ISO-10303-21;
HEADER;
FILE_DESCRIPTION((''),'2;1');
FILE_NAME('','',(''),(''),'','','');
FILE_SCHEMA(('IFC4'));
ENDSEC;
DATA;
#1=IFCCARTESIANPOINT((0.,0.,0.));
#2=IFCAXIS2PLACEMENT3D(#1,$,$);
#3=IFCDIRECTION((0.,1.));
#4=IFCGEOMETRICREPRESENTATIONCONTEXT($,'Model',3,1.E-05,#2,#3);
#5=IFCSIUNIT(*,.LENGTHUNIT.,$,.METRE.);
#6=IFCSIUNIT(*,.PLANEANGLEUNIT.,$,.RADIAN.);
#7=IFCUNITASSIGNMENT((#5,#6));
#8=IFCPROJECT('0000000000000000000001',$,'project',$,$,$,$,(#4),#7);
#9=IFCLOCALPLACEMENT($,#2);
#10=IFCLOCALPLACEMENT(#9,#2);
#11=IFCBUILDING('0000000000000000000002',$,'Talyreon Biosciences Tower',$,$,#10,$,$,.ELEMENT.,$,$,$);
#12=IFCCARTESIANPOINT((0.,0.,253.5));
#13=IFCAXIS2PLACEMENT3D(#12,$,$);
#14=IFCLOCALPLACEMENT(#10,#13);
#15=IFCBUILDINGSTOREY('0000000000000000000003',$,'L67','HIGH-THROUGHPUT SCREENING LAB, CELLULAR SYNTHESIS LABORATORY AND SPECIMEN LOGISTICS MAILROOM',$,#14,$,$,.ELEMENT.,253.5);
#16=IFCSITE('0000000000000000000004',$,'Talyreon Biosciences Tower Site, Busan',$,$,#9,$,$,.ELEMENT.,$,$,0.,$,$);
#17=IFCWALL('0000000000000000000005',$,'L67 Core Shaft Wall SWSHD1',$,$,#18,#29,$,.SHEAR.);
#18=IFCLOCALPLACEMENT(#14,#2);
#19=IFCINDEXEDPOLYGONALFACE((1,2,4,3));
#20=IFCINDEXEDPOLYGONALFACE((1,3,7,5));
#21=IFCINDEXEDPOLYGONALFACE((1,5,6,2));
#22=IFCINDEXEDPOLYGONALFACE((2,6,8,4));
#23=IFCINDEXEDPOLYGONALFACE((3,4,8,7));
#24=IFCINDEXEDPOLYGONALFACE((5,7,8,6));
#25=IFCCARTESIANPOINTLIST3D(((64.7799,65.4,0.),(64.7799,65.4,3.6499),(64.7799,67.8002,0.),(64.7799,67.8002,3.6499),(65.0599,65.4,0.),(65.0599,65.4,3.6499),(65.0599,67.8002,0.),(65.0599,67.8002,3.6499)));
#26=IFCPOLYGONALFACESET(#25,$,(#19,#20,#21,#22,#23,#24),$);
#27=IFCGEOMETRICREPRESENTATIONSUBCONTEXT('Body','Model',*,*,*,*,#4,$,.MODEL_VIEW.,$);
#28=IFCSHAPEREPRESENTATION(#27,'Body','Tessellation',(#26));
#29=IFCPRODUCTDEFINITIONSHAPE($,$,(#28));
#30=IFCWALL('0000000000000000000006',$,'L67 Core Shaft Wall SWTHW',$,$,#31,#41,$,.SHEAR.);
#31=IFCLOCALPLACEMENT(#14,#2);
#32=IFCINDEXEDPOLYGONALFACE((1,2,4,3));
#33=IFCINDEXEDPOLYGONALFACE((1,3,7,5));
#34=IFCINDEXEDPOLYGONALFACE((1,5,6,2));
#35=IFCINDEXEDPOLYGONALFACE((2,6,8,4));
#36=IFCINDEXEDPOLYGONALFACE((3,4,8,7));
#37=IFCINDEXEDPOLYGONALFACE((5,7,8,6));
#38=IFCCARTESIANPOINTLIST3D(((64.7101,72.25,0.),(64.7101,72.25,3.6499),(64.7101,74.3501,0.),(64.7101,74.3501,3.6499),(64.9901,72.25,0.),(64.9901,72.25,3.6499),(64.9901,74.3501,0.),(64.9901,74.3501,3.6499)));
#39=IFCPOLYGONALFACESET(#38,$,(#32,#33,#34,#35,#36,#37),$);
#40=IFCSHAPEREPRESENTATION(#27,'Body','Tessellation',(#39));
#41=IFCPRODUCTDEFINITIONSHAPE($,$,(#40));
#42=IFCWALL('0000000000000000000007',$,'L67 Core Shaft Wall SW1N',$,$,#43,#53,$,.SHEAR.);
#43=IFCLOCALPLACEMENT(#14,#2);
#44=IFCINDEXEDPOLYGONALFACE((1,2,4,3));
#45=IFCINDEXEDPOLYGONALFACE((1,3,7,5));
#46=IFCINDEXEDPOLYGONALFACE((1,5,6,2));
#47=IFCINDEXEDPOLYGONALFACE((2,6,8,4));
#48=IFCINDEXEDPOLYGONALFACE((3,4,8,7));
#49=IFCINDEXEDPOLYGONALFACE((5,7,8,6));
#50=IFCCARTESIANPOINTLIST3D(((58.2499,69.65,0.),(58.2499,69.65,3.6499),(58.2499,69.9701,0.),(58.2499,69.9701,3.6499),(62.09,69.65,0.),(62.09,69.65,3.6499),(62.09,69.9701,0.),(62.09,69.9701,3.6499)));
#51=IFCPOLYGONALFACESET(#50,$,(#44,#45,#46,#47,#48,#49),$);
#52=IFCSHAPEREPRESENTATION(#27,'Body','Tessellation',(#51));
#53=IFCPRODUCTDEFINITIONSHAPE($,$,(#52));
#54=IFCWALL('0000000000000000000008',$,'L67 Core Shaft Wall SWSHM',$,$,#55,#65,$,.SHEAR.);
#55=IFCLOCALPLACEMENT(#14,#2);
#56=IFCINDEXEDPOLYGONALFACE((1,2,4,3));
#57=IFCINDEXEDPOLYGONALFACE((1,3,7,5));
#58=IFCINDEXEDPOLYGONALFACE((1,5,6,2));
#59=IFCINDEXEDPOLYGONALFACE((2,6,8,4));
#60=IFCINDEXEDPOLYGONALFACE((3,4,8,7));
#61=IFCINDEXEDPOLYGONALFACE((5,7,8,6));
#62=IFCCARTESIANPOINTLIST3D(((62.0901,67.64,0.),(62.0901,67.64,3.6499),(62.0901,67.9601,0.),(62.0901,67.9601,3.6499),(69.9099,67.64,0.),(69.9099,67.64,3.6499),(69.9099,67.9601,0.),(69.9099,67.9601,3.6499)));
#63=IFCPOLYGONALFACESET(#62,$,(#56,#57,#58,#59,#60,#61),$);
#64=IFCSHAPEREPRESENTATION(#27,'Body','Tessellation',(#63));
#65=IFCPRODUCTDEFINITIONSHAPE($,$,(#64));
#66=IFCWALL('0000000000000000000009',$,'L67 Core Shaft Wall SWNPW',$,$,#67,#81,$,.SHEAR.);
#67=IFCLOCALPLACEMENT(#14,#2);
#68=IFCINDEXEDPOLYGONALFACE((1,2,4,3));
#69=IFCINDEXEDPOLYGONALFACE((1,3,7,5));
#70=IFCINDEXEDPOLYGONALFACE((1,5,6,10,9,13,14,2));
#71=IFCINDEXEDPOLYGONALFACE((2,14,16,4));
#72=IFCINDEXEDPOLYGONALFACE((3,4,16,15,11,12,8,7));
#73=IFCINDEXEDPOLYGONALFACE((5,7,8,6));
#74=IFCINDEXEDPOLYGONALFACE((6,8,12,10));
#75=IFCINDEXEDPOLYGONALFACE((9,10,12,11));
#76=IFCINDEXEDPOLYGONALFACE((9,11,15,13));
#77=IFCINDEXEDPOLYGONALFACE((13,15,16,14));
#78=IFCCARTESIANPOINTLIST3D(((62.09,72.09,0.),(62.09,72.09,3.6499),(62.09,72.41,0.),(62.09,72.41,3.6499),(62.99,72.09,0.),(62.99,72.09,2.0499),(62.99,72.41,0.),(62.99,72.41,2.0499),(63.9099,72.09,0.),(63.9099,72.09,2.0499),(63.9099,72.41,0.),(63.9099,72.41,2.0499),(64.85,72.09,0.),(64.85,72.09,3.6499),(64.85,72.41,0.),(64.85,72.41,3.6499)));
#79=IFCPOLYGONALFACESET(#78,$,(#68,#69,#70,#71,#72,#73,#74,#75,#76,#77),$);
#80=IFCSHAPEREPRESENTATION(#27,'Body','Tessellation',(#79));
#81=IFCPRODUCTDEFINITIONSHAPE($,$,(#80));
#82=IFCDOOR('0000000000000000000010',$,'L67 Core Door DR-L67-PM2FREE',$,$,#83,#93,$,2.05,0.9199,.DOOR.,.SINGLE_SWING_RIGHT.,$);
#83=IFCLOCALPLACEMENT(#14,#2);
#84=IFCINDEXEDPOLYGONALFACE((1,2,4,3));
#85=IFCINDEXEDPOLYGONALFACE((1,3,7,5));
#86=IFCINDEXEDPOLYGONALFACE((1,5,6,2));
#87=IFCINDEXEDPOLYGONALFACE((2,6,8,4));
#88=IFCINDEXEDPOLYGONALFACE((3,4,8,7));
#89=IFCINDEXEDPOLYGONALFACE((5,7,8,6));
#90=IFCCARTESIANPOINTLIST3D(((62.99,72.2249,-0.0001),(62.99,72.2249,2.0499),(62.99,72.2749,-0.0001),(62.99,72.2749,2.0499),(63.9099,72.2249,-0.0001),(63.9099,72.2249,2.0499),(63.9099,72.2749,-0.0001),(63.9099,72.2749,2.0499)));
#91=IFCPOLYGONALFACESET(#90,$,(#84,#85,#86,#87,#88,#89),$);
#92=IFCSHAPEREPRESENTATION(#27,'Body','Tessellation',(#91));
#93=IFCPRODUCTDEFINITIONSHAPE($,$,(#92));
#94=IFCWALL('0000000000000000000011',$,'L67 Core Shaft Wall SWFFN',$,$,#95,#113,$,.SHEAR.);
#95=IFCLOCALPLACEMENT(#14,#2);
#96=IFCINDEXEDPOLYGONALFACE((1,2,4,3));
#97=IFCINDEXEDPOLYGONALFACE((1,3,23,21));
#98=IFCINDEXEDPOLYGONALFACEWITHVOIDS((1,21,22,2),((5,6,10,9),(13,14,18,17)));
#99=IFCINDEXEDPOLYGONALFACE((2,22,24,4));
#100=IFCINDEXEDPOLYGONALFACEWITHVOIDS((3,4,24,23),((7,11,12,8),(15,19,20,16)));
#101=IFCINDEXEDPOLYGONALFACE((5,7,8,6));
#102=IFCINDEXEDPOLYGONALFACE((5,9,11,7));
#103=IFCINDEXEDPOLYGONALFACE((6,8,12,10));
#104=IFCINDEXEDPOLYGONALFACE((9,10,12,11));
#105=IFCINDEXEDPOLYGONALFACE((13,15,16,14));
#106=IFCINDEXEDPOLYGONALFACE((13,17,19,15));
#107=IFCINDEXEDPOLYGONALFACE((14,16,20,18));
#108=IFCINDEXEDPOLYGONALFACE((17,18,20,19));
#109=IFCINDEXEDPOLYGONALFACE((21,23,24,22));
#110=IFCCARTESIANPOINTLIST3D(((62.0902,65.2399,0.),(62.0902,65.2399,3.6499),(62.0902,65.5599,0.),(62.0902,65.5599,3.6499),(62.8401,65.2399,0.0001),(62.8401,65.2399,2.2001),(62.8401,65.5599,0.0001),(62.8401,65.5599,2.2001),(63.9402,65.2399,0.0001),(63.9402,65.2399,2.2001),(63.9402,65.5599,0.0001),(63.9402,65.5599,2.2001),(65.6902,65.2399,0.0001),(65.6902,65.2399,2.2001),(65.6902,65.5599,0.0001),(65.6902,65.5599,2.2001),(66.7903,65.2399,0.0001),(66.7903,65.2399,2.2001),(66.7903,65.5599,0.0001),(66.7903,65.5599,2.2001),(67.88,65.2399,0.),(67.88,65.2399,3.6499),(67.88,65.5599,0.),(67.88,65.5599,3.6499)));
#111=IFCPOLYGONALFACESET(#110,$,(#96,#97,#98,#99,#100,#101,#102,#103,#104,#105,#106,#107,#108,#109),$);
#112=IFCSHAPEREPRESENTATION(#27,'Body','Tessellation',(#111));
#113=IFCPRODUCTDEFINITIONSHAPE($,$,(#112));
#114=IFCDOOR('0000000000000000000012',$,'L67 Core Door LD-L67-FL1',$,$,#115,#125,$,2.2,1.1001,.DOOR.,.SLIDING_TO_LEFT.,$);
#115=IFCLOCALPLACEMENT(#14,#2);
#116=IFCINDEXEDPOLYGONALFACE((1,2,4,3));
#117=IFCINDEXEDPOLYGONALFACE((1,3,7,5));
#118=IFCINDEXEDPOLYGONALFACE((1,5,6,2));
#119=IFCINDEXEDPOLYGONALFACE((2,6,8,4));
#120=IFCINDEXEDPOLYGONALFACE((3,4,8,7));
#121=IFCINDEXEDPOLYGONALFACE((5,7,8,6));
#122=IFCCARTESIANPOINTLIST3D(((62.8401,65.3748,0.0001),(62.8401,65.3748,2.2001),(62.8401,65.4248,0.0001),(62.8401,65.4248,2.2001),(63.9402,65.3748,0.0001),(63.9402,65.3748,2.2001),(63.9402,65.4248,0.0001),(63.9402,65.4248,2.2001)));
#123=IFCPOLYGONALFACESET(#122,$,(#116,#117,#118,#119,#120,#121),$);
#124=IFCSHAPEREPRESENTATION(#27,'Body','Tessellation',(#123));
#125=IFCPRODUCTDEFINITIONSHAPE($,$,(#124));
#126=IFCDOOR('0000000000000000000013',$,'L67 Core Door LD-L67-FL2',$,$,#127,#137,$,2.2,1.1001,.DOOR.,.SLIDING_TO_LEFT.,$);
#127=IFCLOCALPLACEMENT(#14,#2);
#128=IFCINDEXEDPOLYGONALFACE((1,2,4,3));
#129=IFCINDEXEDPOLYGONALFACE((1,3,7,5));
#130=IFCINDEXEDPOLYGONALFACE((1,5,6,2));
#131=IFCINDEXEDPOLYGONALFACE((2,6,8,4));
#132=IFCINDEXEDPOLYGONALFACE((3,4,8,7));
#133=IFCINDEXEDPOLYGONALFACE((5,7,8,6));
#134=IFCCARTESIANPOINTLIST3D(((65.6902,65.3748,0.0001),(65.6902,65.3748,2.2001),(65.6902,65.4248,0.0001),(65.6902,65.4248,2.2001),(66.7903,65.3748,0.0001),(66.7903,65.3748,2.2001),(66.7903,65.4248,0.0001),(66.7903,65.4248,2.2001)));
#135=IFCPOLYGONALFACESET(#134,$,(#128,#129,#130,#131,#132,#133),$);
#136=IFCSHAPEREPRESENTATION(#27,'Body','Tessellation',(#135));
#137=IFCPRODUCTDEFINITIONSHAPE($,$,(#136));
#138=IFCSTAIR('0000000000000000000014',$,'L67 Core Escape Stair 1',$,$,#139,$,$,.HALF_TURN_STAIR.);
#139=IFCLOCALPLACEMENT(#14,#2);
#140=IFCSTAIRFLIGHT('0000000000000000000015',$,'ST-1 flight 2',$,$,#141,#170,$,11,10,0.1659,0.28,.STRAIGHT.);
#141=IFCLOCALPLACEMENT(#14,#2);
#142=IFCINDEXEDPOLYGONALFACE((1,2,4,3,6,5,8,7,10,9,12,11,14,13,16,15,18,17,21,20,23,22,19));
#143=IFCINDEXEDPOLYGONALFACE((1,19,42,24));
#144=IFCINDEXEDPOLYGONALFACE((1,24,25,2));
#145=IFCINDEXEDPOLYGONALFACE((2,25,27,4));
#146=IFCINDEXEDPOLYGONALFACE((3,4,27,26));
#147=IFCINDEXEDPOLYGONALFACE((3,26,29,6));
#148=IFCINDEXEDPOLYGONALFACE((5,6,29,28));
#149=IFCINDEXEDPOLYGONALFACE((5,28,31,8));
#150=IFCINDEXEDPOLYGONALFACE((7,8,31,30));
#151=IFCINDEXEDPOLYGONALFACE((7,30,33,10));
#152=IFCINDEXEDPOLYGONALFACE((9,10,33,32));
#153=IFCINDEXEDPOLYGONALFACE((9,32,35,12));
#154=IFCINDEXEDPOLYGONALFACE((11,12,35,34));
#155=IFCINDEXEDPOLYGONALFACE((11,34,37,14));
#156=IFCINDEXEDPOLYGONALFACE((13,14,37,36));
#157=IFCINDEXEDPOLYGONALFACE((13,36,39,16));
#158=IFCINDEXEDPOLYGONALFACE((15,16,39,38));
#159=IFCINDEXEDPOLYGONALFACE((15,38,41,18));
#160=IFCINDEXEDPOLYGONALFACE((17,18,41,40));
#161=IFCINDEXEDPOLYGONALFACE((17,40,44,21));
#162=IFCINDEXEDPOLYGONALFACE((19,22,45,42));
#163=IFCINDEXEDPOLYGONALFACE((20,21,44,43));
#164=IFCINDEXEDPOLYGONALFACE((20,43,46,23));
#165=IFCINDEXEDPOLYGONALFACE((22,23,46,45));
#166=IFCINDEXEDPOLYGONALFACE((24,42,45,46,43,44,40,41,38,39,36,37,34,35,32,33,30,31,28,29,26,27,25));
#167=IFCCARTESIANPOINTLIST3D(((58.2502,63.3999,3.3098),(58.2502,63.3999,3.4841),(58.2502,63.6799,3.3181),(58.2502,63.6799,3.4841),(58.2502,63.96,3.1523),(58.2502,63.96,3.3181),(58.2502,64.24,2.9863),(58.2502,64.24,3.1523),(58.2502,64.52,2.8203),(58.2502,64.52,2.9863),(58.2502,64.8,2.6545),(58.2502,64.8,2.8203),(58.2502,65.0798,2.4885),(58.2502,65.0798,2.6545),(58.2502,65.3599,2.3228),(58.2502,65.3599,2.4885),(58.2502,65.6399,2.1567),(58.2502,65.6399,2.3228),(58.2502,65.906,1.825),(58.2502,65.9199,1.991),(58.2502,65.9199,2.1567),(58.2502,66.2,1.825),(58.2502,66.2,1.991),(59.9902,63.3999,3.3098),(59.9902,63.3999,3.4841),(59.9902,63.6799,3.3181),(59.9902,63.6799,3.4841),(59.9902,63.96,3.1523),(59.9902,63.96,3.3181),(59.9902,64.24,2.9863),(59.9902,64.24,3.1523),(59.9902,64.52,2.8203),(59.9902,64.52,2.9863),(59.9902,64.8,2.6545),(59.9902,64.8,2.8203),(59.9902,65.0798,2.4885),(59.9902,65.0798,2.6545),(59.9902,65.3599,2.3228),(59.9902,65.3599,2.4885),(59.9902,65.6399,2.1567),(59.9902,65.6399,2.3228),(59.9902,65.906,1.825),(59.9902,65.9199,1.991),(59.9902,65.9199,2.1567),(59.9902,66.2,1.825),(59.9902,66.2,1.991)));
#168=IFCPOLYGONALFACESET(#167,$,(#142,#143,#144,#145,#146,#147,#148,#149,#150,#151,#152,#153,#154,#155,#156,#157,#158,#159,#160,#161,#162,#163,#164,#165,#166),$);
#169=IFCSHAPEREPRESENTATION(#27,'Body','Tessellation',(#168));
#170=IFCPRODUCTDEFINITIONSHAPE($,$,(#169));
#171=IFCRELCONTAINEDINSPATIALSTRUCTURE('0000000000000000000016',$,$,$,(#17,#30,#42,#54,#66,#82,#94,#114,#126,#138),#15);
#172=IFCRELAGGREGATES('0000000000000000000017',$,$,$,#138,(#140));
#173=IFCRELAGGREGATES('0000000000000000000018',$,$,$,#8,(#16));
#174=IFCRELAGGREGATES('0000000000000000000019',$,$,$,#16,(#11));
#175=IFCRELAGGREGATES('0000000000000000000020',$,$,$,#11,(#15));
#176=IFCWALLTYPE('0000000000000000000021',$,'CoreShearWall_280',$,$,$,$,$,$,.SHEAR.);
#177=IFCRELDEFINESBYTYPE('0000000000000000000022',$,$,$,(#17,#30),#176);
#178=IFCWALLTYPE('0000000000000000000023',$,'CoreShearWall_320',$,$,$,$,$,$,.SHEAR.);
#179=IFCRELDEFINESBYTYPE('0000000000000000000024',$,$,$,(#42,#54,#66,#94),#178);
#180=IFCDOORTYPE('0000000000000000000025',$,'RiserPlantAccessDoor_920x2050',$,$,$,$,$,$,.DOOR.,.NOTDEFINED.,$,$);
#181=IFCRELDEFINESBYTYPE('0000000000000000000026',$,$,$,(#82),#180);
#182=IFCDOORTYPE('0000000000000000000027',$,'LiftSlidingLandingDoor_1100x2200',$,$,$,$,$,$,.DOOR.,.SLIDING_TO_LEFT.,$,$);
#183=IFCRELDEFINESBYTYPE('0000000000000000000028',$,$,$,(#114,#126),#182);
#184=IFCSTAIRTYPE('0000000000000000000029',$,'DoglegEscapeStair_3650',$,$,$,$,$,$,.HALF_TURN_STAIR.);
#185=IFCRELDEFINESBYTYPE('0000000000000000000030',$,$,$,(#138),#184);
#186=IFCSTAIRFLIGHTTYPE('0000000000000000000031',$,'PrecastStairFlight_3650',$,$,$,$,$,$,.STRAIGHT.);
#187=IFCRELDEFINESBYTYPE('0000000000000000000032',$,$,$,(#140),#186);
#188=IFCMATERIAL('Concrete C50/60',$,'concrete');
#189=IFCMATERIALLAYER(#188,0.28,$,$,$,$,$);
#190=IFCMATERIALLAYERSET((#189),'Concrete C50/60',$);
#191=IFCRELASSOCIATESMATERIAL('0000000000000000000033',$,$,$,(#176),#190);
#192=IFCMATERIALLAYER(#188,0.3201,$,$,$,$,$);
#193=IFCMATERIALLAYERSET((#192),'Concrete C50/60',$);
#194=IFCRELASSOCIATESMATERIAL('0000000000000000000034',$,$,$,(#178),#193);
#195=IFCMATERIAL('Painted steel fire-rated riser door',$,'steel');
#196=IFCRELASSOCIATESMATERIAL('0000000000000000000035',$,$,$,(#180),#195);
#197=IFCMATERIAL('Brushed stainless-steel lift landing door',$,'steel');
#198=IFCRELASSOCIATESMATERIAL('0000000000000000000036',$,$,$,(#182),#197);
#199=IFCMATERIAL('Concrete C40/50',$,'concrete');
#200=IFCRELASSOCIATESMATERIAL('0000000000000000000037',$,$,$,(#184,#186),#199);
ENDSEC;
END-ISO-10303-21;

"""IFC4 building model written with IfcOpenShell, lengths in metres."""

from ifc_helpers import new_model, si_unit, direction, frame, frame_2d, origin, place, context, subcontext, project, spatial, polyline, rectangle, outline, extrude, material, layer, layer_set, type_object, element, fill, aggregate, save


model = new_model("IFC4")

# Units and contexts
model_context = context("Model", 3, precision=1e-05, world=origin(), true_north=direction((0.0, 1.0)))
body_context = subcontext(model_context, "Body", "Model", "MODEL_VIEW")
ifc_project = project(units=[si_unit("LENGTHUNIT", "METRE"), si_unit("PLANEANGLEUNIT", "RADIAN")], contexts=[model_context])

# Site, building, storey
site_placement = place(None, origin())
site = spatial("IfcSite", under=ifc_project, at=site_placement, Name="Talyreon Biosciences Tower Site, Busan", CompositionType="ELEMENT", RefElevation=0.0)
building_placement = place(site_placement, origin())
building = spatial("IfcBuilding", under=site, at=building_placement, Name="Talyreon Biosciences Tower", CompositionType="ELEMENT")
storey_placement = place(building_placement, frame((0.0, 0.0, 253.5)))
storey = spatial("IfcBuildingStorey", under=building, at=storey_placement, Name="L67", Description="HIGH-THROUGHPUT SCREENING LAB, CELLULAR SYNTHESIS LABORATORY AND SPECIMEN LOGISTICS MAILROOM", CompositionType="ELEMENT", Elevation=253.5)

# Walls
ifc_material_1 = material(Name="Concrete C50/60", Category="concrete")
ifc_layer_1 = layer(ifc_material_1, 0.28)
ifc_layer_set_1 = layer_set([ifc_layer_1], Name="Concrete C50/60")
wall_type_1 = type_object("IfcWallType", Name="CoreShearWall_280", PredefinedType="SHEAR", material=ifc_layer_set_1)
wall_1_placement = place(storey_placement, frame((64.9199, 65.3999, 0.0), z_axis=(0.0, 0.0, 1.0), x_axis=(0.0, 1.0, 0.0)))
element("IfcWall", 1, at=wall_1_placement, inside=storey, type_object=wall_type_1, Name="L67 Core Shaft Wall SWSHD1", PredefinedType="SHEAR", context=body_context, shape_type="SweptSolid", body=[
    extrude(rectangle(XDim=2.4001, YDim=0.28, at=frame_2d((1.2002, 0.0))), origin(), (0.0, 0.0, 1.0), 3.6499),
])
wall_2_placement = place(storey_placement, frame((64.8501, 72.25, 0.0), z_axis=(0.0, 0.0, 1.0), x_axis=(0.0, 1.0, 0.0)))
element("IfcWall", 2, at=wall_2_placement, inside=storey, type_object=wall_type_1, Name="L67 Core Shaft Wall SWTHW", PredefinedType="SHEAR", context=body_context, shape_type="SweptSolid", body=[
    extrude(rectangle(XDim=2.1001, YDim=0.28, at=frame_2d((1.05, 0.0))), origin(), (0.0, 0.0, 1.0), 3.6499),
])
ifc_layer_2 = layer(ifc_material_1, 0.3201)
ifc_layer_set_2 = layer_set([ifc_layer_2], Name="Concrete C50/60")
wall_type_2 = type_object("IfcWallType", Name="CoreShearWall_320", PredefinedType="SHEAR", material=ifc_layer_set_2)
wall_3_placement = place(storey_placement, frame((58.25, 69.8101, 0.0), z_axis=(0.0, 0.0, 1.0), x_axis=(1.0, 0.0, 0.0)))
element("IfcWall", 3, at=wall_3_placement, inside=storey, type_object=wall_type_2, Name="L67 Core Shaft Wall SW1N", PredefinedType="SHEAR", context=body_context, shape_type="SweptSolid", body=[
    extrude(rectangle(XDim=3.8401, YDim=0.3201, at=frame_2d((1.9199, 0.0))), origin(), (0.0, 0.0, 1.0), 3.6499),
])
wall_4_placement = place(storey_placement, frame((62.0901, 67.8, 0.0), z_axis=(0.0, 0.0, 1.0), x_axis=(1.0, 0.0, 0.0)))
element("IfcWall", 4, at=wall_4_placement, inside=storey, type_object=wall_type_2, Name="L67 Core Shaft Wall SWSHM", PredefinedType="SHEAR", context=body_context, shape_type="SweptSolid", body=[
    extrude(rectangle(XDim=7.8198, YDim=0.3201, at=frame_2d((3.9099, 0.0))), origin(), (0.0, 0.0, 1.0), 3.6499),
])

# Wall, opening, door
wall_5_placement = place(storey_placement, frame((62.0901, 72.25, 0.0), z_axis=(0.0, 0.0, 1.0), x_axis=(1.0, 0.0, 0.0)))
wall_5 = element("IfcWall", 5, at=wall_5_placement, inside=storey, type_object=wall_type_2, Name="L67 Core Shaft Wall SWNPW", PredefinedType="SHEAR", context=body_context, shape_type="SweptSolid", body=[
    extrude(rectangle(XDim=2.76, YDim=0.3201, at=frame_2d((1.3799, 0.0))), origin(), (0.0, 0.0, 1.0), 3.6499),
])
opening_1_placement = place(wall_5_placement, frame((0.8999, 0.0, 0.0)))
opening_1 = element("IfcOpeningElement", 6, at=opening_1_placement, cuts=wall_5, PredefinedType="OPENING", context=body_context, shape_type="SweptSolid", body=[
    extrude(rectangle(XDim=0.9199, YDim=2.05, at=frame_2d((0.46, 1.0249))), frame((0.0, 0.1699, 0.0), z_axis=(0.0, -1.0, 0.0), x_axis=(1.0, 0.0, 0.0)), (0.0, 0.0, 1.0), 0.3401),
])
ifc_material_2 = material(Name="Painted steel fire-rated riser door", Category="steel")
door_type_1 = type_object("IfcDoorType", Name="RiserPlantAccessDoor_920x2050", OperationType="NOTDEFINED", PredefinedType="DOOR", material=ifc_material_2)
door_1_placement = place(opening_1_placement, origin())
door_1 = element("IfcDoor", 7, at=door_1_placement, inside=storey, type_object=door_type_1, Name="L67 Core Door DR-L67-PM2FREE", OperationType="SINGLE_SWING_RIGHT", OverallHeight=2.05, OverallWidth=0.9199, PredefinedType="DOOR", context=body_context, shape_type="SweptSolid", body=[
    extrude(rectangle(XDim=0.9199, YDim=2.05, at=frame_2d((0.46, 1.0249))), frame((0.0, 0.0249, 0.0), z_axis=(0.0, -1.0, 0.0), x_axis=(1.0, 0.0, 0.0)), (0.0, 0.0, 1.0), 0.05),
])
fill(opening_1, door_1)

# Wall, openings, doors
wall_6_placement = place(storey_placement, frame((62.0901, 65.3999, 0.0), z_axis=(0.0, 0.0, 1.0), x_axis=(1.0, 0.0, 0.0)))
wall_6 = element("IfcWall", 8, at=wall_6_placement, inside=storey, type_object=wall_type_2, Name="L67 Core Shaft Wall SWFFN", PredefinedType="SHEAR", context=body_context, shape_type="SweptSolid", body=[
    extrude(rectangle(XDim=5.7898, YDim=0.3201, at=frame_2d((2.895, 0.0))), origin(), (0.0, 0.0, 1.0), 3.6499),
])
opening_2_placement = place(wall_6_placement, frame((0.75, 0.0, 0.0)))
opening_2 = element("IfcOpeningElement", 9, at=opening_2_placement, cuts=wall_6, PredefinedType="OPENING", context=body_context, shape_type="SweptSolid", body=[
    extrude(rectangle(XDim=1.1001, YDim=2.2, at=frame_2d((0.55, 1.1001))), frame((0.0, 0.1699, 0.0), z_axis=(0.0, -1.0, 0.0), x_axis=(1.0, 0.0, 0.0)), (0.0, 0.0, 1.0), 0.3401),
])
opening_3_placement = place(wall_6_placement, frame((3.6001, 0.0, 0.0)))
opening_3 = element("IfcOpeningElement", 10, at=opening_3_placement, cuts=wall_6, PredefinedType="OPENING", context=body_context, shape_type="SweptSolid", body=[
    extrude(rectangle(XDim=1.1001, YDim=2.2, at=frame_2d((0.55, 1.1001))), frame((0.0, 0.1699, 0.0), z_axis=(0.0, -1.0, 0.0), x_axis=(1.0, 0.0, 0.0)), (0.0, 0.0, 1.0), 0.3401),
])
ifc_material_3 = material(Name="Brushed stainless-steel lift landing door", Category="steel")
door_type_2 = type_object("IfcDoorType", Name="LiftSlidingLandingDoor_1100x2200", OperationType="SLIDING_TO_LEFT", PredefinedType="DOOR", material=ifc_material_3)
door_2_placement = place(opening_2_placement, origin())
door_2 = element("IfcDoor", 11, at=door_2_placement, inside=storey, type_object=door_type_2, Name="L67 Core Door LD-L67-FL1", OperationType="SLIDING_TO_LEFT", OverallHeight=2.2, OverallWidth=1.1001, PredefinedType="DOOR", context=body_context, shape_type="SweptSolid", body=[
    extrude(rectangle(XDim=1.1001, YDim=2.2, at=frame_2d((0.55, 1.1001))), frame((0.0, 0.0249, 0.0), z_axis=(0.0, -1.0, 0.0), x_axis=(1.0, 0.0, 0.0)), (0.0, 0.0, 1.0), 0.05),
])
fill(opening_2, door_2)
door_3_placement = place(opening_3_placement, origin())
door_3 = element("IfcDoor", 12, at=door_3_placement, inside=storey, type_object=door_type_2, Name="L67 Core Door LD-L67-FL2", OperationType="SLIDING_TO_LEFT", OverallHeight=2.2, OverallWidth=1.1001, PredefinedType="DOOR", context=body_context, shape_type="SweptSolid", body=[
    extrude(rectangle(XDim=1.1001, YDim=2.2, at=frame_2d((0.55, 1.1001))), frame((0.0, 0.0249, 0.0), z_axis=(0.0, -1.0, 0.0), x_axis=(1.0, 0.0, 0.0)), (0.0, 0.0, 1.0), 0.05),
])
fill(opening_3, door_3)

# Stair, stair flight
ifc_material_4 = material(Name="Concrete C40/50", Category="concrete")
stair_type = type_object("IfcStairType", Name="DoglegEscapeStair_3650", PredefinedType="HALF_TURN_STAIR", material=ifc_material_4)
stair_placement = place(storey_placement, origin())
stair = element("IfcStair", 13, at=stair_placement, inside=storey, type_object=stair_type, Name="L67 Core Escape Stair 1", PredefinedType="HALF_TURN_STAIR")
stair_flight_type = type_object("IfcStairFlightType", Name="PrecastStairFlight_3650", PredefinedType="STRAIGHT", material=ifc_material_4)
stair_flight_placement = place(storey_placement, frame((59.1201, 66.2, 1.825), z_axis=(0.0, 0.0, 1.0), x_axis=(0.0, -1.0, 0.0)))
stair_flight = element("IfcStairFlight", 14, at=stair_flight_placement, type_object=stair_flight_type, Name="ST-1 flight 2", NumberOfRisers=11, NumberOfTreads=10, PredefinedType="STRAIGHT", RiserHeight=0.1659, TreadLength=0.28, context=body_context, shape_type="SweptSolid", body=[
    extrude(outline(polyline([(0.0, 0.0), (0.0, 0.166), (0.28, 0.166), (0.28, 0.3318), (0.5601, 0.3318), (0.5601, 0.4978), (0.8401, 0.4978), (0.8401, 0.6636), (1.1201, 0.6636), (1.1201, 0.8296), (1.3999, 0.8296), (1.3999, 0.9954), (1.6799, 0.9954), (1.6799, 1.1614), (1.96, 1.1614), (1.96, 1.3274), (2.24, 1.3274), (2.24, 1.4932), (2.52, 1.4932), (2.52, 1.6592), (2.8, 1.6592), (2.8, 1.825), (2.8, 1.4849), (0.2939, 0.0), (0.0, 0.0)])), frame((0.0, 0.8701, 0.0), z_axis=(0.0, -1.0, 0.0), x_axis=(1.0, 0.0, 0.0)), (0.0, 0.0, 1.0), 1.74),
])
aggregate(stair, [stair_flight])

save(model, "model.ifc")
